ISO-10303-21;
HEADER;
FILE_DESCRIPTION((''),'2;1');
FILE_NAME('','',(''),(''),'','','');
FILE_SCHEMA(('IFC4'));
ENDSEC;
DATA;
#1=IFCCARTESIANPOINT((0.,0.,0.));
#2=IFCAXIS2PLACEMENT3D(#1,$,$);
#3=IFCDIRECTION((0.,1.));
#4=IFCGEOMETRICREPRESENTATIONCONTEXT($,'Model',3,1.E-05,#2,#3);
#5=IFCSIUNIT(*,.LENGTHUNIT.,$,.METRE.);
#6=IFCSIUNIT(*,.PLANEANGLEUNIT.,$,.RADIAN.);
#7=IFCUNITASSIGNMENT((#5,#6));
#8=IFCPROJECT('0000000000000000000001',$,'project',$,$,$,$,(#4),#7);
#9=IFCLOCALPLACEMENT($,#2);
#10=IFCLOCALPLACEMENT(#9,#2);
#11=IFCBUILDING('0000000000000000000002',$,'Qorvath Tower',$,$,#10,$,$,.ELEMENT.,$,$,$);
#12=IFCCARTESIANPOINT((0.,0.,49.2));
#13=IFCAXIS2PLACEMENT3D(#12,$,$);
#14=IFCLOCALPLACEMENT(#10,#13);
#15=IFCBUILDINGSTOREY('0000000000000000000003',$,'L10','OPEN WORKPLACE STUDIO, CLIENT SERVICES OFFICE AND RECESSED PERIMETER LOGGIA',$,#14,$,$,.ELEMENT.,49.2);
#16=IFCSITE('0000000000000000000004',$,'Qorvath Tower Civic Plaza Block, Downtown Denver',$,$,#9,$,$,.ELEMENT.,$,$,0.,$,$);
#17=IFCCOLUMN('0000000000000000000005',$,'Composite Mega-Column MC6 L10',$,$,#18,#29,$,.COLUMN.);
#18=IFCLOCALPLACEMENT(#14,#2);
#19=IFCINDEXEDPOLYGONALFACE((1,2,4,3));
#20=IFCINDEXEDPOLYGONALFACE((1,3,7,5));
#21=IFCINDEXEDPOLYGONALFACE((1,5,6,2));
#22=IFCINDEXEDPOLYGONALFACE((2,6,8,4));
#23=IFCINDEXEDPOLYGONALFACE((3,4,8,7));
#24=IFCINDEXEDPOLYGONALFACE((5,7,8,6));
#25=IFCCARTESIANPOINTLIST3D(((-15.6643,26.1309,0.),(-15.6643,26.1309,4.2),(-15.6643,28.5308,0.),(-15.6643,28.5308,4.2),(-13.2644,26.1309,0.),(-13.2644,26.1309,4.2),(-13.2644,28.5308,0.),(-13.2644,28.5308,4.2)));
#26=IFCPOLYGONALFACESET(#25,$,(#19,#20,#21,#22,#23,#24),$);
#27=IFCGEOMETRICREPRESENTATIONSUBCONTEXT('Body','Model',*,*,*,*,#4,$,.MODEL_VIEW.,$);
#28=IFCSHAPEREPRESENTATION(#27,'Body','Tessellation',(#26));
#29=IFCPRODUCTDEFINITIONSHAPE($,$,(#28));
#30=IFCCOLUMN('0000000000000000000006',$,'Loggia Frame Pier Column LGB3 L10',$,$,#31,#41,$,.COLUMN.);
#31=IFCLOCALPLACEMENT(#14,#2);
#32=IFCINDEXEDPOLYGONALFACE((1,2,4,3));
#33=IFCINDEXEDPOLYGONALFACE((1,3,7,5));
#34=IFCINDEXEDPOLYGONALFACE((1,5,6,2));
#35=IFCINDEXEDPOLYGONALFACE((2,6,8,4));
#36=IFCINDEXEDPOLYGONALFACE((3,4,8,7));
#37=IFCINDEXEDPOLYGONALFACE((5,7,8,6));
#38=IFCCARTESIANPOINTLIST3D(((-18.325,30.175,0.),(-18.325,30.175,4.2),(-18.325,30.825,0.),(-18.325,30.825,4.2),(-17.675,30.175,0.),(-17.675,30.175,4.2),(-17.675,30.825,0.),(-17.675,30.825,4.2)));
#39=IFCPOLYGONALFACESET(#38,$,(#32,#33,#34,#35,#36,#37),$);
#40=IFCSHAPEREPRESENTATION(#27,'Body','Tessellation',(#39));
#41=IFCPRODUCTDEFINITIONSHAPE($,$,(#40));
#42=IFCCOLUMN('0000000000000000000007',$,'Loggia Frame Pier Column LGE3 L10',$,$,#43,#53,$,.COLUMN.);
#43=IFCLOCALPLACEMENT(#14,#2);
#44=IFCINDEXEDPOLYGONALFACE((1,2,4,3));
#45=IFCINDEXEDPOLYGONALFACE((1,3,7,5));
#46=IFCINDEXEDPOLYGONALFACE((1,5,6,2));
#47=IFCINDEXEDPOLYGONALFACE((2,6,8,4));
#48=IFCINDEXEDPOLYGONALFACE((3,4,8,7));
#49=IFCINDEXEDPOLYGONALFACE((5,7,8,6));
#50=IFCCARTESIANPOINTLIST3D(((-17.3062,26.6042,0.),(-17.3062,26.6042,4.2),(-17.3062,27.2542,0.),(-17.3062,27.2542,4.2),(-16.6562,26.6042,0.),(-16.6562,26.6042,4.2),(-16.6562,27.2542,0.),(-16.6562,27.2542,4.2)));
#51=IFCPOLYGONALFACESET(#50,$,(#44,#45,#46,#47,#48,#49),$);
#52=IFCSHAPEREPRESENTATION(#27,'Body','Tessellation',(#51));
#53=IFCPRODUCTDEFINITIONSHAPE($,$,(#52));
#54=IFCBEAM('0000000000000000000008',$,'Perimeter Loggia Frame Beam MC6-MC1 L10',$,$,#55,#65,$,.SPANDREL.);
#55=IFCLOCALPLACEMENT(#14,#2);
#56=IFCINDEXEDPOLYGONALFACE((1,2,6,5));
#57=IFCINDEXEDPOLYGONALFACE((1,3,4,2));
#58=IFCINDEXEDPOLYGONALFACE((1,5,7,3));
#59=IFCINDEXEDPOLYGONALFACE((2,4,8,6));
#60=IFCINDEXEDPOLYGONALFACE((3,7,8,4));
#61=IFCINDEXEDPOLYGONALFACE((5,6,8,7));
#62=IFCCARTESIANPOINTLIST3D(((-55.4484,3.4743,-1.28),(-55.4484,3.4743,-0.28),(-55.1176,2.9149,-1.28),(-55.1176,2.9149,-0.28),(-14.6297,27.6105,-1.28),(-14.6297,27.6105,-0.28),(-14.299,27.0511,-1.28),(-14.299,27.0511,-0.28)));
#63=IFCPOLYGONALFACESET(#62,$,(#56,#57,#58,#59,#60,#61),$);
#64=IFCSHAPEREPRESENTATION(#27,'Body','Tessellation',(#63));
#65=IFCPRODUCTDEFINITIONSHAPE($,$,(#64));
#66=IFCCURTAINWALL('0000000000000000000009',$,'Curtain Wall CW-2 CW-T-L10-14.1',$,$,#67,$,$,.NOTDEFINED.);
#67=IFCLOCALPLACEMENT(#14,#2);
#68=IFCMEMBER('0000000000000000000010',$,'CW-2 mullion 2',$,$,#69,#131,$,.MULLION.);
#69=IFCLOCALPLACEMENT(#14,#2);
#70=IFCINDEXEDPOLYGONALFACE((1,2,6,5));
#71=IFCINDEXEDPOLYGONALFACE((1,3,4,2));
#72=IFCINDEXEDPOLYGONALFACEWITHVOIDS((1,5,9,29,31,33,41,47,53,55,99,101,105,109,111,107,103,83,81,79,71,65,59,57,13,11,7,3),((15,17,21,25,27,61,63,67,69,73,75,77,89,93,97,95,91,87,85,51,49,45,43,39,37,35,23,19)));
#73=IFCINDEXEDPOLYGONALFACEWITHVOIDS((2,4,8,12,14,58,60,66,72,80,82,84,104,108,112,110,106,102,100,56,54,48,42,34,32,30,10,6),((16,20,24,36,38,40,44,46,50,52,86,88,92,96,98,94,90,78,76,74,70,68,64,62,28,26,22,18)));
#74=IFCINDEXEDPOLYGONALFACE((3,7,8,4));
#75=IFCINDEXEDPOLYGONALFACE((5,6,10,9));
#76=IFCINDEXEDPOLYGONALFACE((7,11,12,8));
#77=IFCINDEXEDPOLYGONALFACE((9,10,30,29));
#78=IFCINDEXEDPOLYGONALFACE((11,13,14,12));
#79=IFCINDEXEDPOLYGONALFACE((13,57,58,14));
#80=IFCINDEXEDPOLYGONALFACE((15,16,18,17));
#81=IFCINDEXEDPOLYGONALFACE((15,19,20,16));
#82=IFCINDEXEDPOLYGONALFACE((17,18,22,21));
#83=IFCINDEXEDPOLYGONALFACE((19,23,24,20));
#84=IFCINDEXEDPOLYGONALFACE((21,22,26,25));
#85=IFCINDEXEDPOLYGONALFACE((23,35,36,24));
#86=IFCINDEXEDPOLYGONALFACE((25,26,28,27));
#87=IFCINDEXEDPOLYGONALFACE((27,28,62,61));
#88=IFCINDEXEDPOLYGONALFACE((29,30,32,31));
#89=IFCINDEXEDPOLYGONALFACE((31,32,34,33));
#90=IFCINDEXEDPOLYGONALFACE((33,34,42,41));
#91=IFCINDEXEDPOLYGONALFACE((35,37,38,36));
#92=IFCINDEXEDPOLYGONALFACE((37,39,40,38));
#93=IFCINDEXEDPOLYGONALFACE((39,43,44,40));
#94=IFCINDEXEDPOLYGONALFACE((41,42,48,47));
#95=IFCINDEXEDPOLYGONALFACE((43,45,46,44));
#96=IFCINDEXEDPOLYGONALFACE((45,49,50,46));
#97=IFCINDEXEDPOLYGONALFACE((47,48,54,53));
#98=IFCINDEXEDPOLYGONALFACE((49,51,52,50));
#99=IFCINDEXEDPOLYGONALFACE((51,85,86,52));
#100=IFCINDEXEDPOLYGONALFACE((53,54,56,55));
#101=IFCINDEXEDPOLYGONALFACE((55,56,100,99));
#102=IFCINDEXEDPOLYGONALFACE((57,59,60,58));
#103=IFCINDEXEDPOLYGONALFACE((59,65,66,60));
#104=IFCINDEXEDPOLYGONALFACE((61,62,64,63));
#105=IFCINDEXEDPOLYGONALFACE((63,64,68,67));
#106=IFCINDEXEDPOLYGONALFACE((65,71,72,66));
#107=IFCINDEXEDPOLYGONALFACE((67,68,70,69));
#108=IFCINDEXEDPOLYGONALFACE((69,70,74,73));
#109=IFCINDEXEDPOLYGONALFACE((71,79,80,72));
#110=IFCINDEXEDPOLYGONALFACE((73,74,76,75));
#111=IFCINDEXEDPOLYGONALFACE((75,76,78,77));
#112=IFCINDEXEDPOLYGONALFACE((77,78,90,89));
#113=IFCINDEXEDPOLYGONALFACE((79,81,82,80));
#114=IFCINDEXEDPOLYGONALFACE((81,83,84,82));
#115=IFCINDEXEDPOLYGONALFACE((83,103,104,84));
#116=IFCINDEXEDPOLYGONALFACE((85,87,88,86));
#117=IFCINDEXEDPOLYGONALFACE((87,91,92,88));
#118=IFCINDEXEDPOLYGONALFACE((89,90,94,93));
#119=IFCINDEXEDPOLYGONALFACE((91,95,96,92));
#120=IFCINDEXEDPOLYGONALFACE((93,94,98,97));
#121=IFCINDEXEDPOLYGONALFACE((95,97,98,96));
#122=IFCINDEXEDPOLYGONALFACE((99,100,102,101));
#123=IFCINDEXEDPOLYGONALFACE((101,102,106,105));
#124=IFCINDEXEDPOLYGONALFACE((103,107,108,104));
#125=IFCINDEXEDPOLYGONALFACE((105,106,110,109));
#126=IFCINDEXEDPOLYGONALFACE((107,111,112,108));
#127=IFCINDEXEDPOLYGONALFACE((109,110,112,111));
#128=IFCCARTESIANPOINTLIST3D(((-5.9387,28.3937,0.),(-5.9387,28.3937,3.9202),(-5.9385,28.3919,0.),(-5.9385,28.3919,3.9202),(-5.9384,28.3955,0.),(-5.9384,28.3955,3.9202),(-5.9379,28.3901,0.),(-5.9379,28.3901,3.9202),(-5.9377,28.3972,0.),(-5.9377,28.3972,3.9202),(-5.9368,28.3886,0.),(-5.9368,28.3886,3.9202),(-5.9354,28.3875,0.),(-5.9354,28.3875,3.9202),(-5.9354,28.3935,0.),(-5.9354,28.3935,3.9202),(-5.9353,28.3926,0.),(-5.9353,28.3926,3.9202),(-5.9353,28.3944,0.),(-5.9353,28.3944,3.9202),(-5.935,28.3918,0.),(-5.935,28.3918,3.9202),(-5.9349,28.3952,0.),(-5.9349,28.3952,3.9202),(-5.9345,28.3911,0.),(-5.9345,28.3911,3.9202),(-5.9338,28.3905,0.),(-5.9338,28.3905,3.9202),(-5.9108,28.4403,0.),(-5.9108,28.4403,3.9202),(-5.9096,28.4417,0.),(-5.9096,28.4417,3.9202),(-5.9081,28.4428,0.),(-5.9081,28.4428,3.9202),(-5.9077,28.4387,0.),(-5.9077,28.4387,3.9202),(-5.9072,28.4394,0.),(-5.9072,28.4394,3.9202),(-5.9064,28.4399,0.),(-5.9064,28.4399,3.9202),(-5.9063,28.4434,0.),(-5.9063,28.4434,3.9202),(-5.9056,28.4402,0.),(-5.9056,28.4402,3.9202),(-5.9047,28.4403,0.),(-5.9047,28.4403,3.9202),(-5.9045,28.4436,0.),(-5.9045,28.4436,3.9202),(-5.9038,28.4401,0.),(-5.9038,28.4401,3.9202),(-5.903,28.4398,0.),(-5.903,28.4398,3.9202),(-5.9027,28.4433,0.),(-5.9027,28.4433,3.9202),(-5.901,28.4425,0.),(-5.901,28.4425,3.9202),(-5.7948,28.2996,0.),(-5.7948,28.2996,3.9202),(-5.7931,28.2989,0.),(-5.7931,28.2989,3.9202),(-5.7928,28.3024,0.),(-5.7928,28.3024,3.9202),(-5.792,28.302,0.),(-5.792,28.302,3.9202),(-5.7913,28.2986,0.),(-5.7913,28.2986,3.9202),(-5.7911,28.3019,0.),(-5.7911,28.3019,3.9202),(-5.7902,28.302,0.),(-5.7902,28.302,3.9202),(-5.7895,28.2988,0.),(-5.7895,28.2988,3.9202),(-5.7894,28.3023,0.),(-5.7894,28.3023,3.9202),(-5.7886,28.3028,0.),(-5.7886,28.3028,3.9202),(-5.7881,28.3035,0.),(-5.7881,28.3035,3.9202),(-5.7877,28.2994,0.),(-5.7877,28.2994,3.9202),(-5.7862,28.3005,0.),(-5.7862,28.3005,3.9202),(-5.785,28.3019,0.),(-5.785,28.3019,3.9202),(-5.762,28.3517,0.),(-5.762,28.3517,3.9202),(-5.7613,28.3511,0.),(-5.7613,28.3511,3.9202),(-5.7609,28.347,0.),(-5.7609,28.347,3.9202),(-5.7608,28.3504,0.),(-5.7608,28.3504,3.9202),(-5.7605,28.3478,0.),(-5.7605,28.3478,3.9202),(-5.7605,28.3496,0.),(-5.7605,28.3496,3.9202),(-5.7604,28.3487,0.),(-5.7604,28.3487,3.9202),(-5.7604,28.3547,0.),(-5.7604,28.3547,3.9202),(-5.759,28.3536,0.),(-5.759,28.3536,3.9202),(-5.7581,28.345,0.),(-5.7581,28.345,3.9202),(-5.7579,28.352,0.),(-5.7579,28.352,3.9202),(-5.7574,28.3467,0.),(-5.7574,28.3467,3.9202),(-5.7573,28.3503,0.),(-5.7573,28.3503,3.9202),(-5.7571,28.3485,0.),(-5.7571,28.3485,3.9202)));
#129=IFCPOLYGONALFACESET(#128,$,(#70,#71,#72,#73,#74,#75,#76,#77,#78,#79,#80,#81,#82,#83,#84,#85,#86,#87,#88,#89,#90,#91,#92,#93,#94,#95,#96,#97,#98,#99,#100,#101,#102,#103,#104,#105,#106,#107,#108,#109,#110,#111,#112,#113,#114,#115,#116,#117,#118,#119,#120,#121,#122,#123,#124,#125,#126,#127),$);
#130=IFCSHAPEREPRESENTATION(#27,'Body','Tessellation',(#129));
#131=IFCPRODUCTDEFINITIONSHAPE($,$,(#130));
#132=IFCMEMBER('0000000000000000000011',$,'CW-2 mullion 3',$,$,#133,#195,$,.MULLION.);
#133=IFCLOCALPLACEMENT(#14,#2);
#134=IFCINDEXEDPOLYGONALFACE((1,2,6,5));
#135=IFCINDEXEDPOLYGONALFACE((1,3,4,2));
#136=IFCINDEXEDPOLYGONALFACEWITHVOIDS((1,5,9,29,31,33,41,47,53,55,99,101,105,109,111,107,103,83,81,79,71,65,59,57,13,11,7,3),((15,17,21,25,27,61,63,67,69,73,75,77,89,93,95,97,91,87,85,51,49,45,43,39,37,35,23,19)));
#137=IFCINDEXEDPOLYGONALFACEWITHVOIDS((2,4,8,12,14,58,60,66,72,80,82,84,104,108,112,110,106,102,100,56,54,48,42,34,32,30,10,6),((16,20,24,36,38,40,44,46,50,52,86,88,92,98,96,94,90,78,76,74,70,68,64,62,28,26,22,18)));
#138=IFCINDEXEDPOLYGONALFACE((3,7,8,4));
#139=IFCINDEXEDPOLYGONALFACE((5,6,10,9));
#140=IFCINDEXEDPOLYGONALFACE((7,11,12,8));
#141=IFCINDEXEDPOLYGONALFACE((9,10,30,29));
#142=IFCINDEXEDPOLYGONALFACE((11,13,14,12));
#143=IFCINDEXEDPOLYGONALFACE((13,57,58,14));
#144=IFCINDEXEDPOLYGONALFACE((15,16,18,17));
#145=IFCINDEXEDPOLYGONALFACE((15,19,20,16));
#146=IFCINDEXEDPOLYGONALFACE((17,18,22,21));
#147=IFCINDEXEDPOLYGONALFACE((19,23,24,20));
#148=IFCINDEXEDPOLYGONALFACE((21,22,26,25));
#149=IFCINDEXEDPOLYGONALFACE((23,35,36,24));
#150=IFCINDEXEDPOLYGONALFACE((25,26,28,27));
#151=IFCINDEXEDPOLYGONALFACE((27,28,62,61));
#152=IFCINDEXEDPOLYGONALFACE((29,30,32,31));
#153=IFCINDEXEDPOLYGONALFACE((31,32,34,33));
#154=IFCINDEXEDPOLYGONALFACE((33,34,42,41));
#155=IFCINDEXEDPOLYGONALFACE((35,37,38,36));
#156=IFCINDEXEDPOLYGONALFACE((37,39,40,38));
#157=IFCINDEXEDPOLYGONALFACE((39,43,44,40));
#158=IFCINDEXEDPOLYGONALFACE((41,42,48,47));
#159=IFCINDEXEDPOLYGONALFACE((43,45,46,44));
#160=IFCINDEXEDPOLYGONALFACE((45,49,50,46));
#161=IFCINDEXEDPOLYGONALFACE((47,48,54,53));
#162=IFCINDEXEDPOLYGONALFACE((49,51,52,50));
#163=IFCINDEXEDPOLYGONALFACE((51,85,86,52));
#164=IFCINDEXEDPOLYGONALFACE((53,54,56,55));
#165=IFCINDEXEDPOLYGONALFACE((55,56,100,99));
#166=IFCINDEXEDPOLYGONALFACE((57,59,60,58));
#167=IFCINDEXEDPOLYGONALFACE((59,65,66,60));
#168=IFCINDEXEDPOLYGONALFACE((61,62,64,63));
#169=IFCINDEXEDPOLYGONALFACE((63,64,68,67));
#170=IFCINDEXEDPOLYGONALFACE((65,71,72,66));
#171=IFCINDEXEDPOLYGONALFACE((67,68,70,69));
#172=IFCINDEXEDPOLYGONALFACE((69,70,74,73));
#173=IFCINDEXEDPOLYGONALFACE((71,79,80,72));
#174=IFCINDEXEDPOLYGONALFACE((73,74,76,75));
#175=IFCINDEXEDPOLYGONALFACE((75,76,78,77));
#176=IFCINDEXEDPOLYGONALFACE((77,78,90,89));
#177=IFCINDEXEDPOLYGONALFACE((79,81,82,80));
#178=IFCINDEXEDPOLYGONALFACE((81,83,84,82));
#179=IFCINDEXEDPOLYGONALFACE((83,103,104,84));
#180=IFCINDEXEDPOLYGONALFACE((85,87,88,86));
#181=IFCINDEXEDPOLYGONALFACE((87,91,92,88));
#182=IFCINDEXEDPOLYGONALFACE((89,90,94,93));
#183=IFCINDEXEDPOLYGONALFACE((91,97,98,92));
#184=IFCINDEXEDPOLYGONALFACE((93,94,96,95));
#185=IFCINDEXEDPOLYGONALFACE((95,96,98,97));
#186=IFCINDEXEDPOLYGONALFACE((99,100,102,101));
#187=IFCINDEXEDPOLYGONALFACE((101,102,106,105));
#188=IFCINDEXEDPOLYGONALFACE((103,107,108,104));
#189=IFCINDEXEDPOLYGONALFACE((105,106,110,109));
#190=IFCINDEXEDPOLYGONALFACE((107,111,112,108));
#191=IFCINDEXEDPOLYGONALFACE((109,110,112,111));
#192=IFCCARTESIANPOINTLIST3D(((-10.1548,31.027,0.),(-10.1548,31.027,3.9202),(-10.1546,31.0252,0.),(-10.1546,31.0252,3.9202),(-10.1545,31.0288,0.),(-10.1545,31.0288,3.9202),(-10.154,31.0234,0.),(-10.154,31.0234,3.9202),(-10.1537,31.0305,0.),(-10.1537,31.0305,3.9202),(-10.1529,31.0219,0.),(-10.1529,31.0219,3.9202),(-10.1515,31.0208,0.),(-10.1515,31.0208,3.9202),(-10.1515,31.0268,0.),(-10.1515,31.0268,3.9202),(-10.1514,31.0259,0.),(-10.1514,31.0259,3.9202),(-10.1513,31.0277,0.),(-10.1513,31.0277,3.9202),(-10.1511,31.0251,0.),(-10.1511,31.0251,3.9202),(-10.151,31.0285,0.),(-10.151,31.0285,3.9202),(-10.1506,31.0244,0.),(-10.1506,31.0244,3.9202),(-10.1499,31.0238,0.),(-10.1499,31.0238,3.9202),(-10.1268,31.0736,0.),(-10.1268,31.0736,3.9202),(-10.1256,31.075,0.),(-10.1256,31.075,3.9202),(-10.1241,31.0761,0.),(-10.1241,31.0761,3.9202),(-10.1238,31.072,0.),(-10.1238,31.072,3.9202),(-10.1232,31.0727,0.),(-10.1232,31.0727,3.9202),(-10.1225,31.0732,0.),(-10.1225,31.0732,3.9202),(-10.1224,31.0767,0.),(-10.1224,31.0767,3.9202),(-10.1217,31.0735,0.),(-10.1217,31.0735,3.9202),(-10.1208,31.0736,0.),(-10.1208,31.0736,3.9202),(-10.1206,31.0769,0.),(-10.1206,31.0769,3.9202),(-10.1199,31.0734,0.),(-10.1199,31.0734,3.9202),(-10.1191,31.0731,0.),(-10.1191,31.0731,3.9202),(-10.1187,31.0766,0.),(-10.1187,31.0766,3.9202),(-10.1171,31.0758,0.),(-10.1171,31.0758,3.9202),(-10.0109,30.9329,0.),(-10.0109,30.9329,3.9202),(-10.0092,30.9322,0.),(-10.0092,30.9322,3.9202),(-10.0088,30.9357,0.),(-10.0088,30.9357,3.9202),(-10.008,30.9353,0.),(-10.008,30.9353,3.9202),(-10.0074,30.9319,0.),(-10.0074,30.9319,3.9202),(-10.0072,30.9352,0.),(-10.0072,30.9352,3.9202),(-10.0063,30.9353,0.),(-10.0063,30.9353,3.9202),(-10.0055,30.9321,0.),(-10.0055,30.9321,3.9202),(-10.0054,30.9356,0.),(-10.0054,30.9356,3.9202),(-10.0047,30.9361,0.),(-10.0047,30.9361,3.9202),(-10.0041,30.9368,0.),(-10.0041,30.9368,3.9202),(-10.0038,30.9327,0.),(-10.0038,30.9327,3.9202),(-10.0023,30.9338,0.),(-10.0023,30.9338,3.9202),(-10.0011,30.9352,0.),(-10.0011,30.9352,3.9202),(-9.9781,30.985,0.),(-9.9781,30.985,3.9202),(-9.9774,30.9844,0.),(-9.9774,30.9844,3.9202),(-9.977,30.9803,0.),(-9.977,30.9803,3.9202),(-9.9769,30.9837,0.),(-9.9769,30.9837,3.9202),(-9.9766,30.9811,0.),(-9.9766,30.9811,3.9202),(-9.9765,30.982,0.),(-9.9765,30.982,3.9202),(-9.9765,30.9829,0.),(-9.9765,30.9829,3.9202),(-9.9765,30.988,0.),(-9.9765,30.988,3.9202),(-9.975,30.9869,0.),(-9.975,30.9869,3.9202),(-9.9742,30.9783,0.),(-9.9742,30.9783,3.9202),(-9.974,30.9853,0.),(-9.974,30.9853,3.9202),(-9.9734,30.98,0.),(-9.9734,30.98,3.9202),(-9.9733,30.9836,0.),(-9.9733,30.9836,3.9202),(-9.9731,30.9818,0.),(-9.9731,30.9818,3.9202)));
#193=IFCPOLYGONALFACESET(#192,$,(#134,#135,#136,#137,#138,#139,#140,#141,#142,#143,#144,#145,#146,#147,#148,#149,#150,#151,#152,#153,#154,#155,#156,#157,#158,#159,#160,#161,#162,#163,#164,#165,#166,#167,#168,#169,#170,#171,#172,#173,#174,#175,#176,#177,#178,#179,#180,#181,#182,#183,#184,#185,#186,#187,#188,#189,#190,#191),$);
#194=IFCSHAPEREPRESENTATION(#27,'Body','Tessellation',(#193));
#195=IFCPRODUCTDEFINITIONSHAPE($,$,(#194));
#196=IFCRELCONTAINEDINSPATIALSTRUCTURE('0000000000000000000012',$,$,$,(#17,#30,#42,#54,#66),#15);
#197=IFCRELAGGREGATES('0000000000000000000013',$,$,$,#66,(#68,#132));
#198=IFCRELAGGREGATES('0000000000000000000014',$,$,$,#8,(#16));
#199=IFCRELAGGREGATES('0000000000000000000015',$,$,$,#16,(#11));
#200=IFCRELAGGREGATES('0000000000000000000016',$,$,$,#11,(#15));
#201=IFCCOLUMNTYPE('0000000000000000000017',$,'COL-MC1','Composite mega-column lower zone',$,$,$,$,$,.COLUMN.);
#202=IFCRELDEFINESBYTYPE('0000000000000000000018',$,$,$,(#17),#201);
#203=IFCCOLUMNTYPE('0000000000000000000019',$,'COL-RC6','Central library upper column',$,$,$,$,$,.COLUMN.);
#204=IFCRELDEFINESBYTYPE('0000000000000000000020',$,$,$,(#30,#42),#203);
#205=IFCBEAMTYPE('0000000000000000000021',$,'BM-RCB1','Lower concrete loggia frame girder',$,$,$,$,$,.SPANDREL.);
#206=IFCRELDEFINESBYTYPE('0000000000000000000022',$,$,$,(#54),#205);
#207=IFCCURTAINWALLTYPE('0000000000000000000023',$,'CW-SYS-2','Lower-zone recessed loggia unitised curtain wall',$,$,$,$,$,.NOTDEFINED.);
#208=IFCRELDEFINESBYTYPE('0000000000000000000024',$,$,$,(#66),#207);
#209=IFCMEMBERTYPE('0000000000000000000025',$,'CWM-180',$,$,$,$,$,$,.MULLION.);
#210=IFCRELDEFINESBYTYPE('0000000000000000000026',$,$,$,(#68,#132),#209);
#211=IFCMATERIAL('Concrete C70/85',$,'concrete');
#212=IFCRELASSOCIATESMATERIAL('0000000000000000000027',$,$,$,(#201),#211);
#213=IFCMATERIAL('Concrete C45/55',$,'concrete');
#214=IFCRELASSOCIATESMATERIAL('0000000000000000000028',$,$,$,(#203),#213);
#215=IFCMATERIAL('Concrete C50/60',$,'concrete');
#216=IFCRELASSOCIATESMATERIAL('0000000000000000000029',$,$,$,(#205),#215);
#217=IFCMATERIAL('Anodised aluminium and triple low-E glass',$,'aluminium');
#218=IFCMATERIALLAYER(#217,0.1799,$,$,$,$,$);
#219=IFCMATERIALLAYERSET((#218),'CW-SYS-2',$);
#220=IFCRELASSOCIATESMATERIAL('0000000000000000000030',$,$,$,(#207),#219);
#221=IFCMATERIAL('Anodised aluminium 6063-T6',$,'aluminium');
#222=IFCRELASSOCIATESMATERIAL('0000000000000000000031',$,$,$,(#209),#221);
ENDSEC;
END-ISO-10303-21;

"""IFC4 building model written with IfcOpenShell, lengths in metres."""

from ifc_helpers import new_model, si_unit, direction, frame, origin, origin_2d, place, context, subcontext, project, spatial, rectangle, hollow_rectangle, extrude, material, layer, layer_set, material_profile, profile_set, type_object, element, aggregate, save


model = new_model("IFC4")

# Units and contexts
model_context = context("Model", 3, precision=1e-05, world=origin(), true_north=direction((0.0, 1.0)))
body_context = subcontext(model_context, "Body", "Model", "MODEL_VIEW")
ifc_project = project(units=[si_unit("LENGTHUNIT", "METRE"), si_unit("PLANEANGLEUNIT", "RADIAN")], contexts=[model_context])

# Site, building, storey
site_placement = place(None, origin())
site = spatial("IfcSite", under=ifc_project, at=site_placement, Name="Qorvath Tower Civic Plaza Block, Downtown Denver", CompositionType="ELEMENT", RefElevation=0.0)
building_placement = place(site_placement, origin())
building = spatial("IfcBuilding", under=site, at=building_placement, Name="Qorvath Tower", CompositionType="ELEMENT")
storey_placement = place(building_placement, frame((0.0, 0.0, 49.2)))
storey = spatial("IfcBuildingStorey", under=building, at=storey_placement, Name="L10", Description="OPEN WORKPLACE STUDIO, CLIENT SERVICES OFFICE AND RECESSED PERIMETER LOGGIA", CompositionType="ELEMENT", Elevation=49.2)

# Columns
ifc_material_1 = material(Name="Concrete C70/85", Category="concrete")
ifc_material_profile_1 = material_profile(ifc_material_1, rectangle(XDim=2.3999, YDim=2.3999, at=origin_2d()), Name="MC 2400x2400")
ifc_profile_set_1 = profile_set([ifc_material_profile_1], Name="Concrete C70/85")
column_type_1 = type_object("IfcColumnType", Name="COL-MC1", Description="Composite mega-column lower zone", PredefinedType="COLUMN", material=ifc_profile_set_1)
column_placement = place(storey_placement, frame((-14.4644, 27.3308, 0.0), z_axis=(0.0, 0.0, 1.0), x_axis=(1.0, 0.0, 0.0)))
element("IfcColumn", 1, at=column_placement, inside=storey, type_object=column_type_1, Name="Composite Mega-Column MC6 L10", PredefinedType="COLUMN", context=body_context, shape_type="SweptSolid", body=[
    extrude(rectangle(XDim=2.3999, YDim=2.3999, at=origin_2d()), origin(), (0.0, 0.0, 1.0), 4.2),
])
ifc_material_2 = material(Name="Concrete C45/55", Category="concrete")
ifc_material_profile_2 = material_profile(ifc_material_2, rectangle(XDim=0.6499, YDim=0.6499, at=origin_2d()), Name="RC 650x650")
ifc_profile_set_2 = profile_set([ifc_material_profile_2], Name="Concrete C45/55")
column_type_2 = type_object("IfcColumnType", Name="COL-RC6", Description="Central library upper column", PredefinedType="COLUMN", material=ifc_profile_set_2)
for number, where, z_axis, x_axis, name in (
    (2, (-18.0, 30.5, 0.0), (0.0, 0.0, 1.0), (1.0, 0.0, 0.0), "Loggia Frame Pier Column LGB3 L10"),
    (3, (-16.9812, 26.9292, 0.0), (0.0, 0.0, 1.0), (1.0, 0.0, 0.0), "Loggia Frame Pier Column LGE3 L10"),
):
    element("IfcColumn", number, at=place(storey_placement, frame(where, z_axis=z_axis, x_axis=x_axis)), inside=storey, type_object=column_type_2, Name=name, PredefinedType="COLUMN", context=body_context, shape_type="SweptSolid", body=[
        extrude(rectangle(XDim=0.6499, YDim=0.6499, at=origin_2d()), origin(), (0.0, 0.0, 1.0), 4.2),
    ])

# Beam
ifc_material_3 = material(Name="Concrete C50/60", Category="concrete")
ifc_material_profile_3 = material_profile(ifc_material_3, rectangle(XDim=0.6499, YDim=1.0, at=origin_2d()), Name="RCB 1000x650")
ifc_profile_set_3 = profile_set([ifc_material_profile_3], Name="Concrete C50/60")
beam_type = type_object("IfcBeamType", Name="BM-RCB1", Description="Lower concrete loggia frame girder", PredefinedType="SPANDREL", material=ifc_profile_set_3)
beam_placement = place(storey_placement, frame((-14.4644, 27.3308, -0.78), z_axis=(-0.860777, -0.508982, 0.0), x_axis=(0.508982, -0.860777, 0.0)))
element("IfcBeam", 4, at=beam_placement, inside=storey, type_object=beam_type, Name="Perimeter Loggia Frame Beam MC6-MC1 L10", PredefinedType="SPANDREL", context=body_context, shape_type="SweptSolid", body=[
    extrude(rectangle(XDim=0.6499, YDim=1.0, at=origin_2d()), origin(), (0.0, 0.0, 1.0), 47.4207),
])

# Curtain wall, members
ifc_material_4 = material(Name="Anodised aluminium and triple low-E glass", Category="aluminium")
ifc_layer_1 = layer(ifc_material_4, 0.1799)
ifc_layer_set_1 = layer_set([ifc_layer_1], Name="CW-SYS-2")
curtain_wall_type = type_object("IfcCurtainWallType", Name="CW-SYS-2", Description="Lower-zone recessed loggia unitised curtain wall", PredefinedType="NOTDEFINED", material=ifc_layer_set_1)
curtain_wall_1_placement = place(storey_placement, origin())
curtain_wall_1 = element("IfcCurtainWall", 5, at=curtain_wall_1_placement, inside=storey, type_object=curtain_wall_type, Name="Curtain Wall CW-2 CW-T-L10-14.1", PredefinedType="NOTDEFINED")
ifc_material_5 = material(Name="Anodised aluminium 6063-T6", Category="aluminium")
ifc_material_profile_4 = material_profile(ifc_material_5, hollow_rectangle(XDim=0.0649, YDim=0.1799, WallThickness=0.0034, InnerFilletRadius=0.0034, OuterFilletRadius=0.0071, at=origin_2d()), Name="CWM 180x65")
ifc_profile_set_4 = profile_set([ifc_material_profile_4], Name="Anodised aluminium 6063-T6")
member_type_1 = type_object("IfcMemberType", Name="CWM-180", PredefinedType="MULLION", material=ifc_profile_set_4)
member_1_placement = place(storey_placement, frame((-5.8479, 28.3711, 0.0), z_axis=(0.0, 0.0, 1.0), x_axis=(-0.529724, -0.84817, 0.0)))
member_1 = element("IfcMember", 6, at=member_1_placement, type_object=member_type_1, Name="CW-2 mullion 2", PredefinedType="MULLION", context=body_context, shape_type="SweptSolid", body=[
    extrude(hollow_rectangle(XDim=0.0649, YDim=0.1799, WallThickness=0.0034, InnerFilletRadius=0.0034, OuterFilletRadius=0.0071, at=origin_2d()), origin(), (0.0, 0.0, 1.0), 3.9202),
])
member_2_placement = place(storey_placement, frame((-10.064, 31.0044, 0.0), z_axis=(0.0, 0.0, 1.0), x_axis=(-0.529724, -0.84817, 0.0)))
member_2 = element("IfcMember", 7, at=member_2_placement, type_object=member_type_1, Name="CW-2 mullion 3", PredefinedType="MULLION", context=body_context, shape_type="SweptSolid", body=[
    extrude(hollow_rectangle(XDim=0.0649, YDim=0.1799, WallThickness=0.0034, InnerFilletRadius=0.0034, OuterFilletRadius=0.0071, at=origin_2d()), origin(), (0.0, 0.0, 1.0), 3.9202),
])

aggregate(curtain_wall_1, [member_1, member_2])

save(model, "model.ifc")
